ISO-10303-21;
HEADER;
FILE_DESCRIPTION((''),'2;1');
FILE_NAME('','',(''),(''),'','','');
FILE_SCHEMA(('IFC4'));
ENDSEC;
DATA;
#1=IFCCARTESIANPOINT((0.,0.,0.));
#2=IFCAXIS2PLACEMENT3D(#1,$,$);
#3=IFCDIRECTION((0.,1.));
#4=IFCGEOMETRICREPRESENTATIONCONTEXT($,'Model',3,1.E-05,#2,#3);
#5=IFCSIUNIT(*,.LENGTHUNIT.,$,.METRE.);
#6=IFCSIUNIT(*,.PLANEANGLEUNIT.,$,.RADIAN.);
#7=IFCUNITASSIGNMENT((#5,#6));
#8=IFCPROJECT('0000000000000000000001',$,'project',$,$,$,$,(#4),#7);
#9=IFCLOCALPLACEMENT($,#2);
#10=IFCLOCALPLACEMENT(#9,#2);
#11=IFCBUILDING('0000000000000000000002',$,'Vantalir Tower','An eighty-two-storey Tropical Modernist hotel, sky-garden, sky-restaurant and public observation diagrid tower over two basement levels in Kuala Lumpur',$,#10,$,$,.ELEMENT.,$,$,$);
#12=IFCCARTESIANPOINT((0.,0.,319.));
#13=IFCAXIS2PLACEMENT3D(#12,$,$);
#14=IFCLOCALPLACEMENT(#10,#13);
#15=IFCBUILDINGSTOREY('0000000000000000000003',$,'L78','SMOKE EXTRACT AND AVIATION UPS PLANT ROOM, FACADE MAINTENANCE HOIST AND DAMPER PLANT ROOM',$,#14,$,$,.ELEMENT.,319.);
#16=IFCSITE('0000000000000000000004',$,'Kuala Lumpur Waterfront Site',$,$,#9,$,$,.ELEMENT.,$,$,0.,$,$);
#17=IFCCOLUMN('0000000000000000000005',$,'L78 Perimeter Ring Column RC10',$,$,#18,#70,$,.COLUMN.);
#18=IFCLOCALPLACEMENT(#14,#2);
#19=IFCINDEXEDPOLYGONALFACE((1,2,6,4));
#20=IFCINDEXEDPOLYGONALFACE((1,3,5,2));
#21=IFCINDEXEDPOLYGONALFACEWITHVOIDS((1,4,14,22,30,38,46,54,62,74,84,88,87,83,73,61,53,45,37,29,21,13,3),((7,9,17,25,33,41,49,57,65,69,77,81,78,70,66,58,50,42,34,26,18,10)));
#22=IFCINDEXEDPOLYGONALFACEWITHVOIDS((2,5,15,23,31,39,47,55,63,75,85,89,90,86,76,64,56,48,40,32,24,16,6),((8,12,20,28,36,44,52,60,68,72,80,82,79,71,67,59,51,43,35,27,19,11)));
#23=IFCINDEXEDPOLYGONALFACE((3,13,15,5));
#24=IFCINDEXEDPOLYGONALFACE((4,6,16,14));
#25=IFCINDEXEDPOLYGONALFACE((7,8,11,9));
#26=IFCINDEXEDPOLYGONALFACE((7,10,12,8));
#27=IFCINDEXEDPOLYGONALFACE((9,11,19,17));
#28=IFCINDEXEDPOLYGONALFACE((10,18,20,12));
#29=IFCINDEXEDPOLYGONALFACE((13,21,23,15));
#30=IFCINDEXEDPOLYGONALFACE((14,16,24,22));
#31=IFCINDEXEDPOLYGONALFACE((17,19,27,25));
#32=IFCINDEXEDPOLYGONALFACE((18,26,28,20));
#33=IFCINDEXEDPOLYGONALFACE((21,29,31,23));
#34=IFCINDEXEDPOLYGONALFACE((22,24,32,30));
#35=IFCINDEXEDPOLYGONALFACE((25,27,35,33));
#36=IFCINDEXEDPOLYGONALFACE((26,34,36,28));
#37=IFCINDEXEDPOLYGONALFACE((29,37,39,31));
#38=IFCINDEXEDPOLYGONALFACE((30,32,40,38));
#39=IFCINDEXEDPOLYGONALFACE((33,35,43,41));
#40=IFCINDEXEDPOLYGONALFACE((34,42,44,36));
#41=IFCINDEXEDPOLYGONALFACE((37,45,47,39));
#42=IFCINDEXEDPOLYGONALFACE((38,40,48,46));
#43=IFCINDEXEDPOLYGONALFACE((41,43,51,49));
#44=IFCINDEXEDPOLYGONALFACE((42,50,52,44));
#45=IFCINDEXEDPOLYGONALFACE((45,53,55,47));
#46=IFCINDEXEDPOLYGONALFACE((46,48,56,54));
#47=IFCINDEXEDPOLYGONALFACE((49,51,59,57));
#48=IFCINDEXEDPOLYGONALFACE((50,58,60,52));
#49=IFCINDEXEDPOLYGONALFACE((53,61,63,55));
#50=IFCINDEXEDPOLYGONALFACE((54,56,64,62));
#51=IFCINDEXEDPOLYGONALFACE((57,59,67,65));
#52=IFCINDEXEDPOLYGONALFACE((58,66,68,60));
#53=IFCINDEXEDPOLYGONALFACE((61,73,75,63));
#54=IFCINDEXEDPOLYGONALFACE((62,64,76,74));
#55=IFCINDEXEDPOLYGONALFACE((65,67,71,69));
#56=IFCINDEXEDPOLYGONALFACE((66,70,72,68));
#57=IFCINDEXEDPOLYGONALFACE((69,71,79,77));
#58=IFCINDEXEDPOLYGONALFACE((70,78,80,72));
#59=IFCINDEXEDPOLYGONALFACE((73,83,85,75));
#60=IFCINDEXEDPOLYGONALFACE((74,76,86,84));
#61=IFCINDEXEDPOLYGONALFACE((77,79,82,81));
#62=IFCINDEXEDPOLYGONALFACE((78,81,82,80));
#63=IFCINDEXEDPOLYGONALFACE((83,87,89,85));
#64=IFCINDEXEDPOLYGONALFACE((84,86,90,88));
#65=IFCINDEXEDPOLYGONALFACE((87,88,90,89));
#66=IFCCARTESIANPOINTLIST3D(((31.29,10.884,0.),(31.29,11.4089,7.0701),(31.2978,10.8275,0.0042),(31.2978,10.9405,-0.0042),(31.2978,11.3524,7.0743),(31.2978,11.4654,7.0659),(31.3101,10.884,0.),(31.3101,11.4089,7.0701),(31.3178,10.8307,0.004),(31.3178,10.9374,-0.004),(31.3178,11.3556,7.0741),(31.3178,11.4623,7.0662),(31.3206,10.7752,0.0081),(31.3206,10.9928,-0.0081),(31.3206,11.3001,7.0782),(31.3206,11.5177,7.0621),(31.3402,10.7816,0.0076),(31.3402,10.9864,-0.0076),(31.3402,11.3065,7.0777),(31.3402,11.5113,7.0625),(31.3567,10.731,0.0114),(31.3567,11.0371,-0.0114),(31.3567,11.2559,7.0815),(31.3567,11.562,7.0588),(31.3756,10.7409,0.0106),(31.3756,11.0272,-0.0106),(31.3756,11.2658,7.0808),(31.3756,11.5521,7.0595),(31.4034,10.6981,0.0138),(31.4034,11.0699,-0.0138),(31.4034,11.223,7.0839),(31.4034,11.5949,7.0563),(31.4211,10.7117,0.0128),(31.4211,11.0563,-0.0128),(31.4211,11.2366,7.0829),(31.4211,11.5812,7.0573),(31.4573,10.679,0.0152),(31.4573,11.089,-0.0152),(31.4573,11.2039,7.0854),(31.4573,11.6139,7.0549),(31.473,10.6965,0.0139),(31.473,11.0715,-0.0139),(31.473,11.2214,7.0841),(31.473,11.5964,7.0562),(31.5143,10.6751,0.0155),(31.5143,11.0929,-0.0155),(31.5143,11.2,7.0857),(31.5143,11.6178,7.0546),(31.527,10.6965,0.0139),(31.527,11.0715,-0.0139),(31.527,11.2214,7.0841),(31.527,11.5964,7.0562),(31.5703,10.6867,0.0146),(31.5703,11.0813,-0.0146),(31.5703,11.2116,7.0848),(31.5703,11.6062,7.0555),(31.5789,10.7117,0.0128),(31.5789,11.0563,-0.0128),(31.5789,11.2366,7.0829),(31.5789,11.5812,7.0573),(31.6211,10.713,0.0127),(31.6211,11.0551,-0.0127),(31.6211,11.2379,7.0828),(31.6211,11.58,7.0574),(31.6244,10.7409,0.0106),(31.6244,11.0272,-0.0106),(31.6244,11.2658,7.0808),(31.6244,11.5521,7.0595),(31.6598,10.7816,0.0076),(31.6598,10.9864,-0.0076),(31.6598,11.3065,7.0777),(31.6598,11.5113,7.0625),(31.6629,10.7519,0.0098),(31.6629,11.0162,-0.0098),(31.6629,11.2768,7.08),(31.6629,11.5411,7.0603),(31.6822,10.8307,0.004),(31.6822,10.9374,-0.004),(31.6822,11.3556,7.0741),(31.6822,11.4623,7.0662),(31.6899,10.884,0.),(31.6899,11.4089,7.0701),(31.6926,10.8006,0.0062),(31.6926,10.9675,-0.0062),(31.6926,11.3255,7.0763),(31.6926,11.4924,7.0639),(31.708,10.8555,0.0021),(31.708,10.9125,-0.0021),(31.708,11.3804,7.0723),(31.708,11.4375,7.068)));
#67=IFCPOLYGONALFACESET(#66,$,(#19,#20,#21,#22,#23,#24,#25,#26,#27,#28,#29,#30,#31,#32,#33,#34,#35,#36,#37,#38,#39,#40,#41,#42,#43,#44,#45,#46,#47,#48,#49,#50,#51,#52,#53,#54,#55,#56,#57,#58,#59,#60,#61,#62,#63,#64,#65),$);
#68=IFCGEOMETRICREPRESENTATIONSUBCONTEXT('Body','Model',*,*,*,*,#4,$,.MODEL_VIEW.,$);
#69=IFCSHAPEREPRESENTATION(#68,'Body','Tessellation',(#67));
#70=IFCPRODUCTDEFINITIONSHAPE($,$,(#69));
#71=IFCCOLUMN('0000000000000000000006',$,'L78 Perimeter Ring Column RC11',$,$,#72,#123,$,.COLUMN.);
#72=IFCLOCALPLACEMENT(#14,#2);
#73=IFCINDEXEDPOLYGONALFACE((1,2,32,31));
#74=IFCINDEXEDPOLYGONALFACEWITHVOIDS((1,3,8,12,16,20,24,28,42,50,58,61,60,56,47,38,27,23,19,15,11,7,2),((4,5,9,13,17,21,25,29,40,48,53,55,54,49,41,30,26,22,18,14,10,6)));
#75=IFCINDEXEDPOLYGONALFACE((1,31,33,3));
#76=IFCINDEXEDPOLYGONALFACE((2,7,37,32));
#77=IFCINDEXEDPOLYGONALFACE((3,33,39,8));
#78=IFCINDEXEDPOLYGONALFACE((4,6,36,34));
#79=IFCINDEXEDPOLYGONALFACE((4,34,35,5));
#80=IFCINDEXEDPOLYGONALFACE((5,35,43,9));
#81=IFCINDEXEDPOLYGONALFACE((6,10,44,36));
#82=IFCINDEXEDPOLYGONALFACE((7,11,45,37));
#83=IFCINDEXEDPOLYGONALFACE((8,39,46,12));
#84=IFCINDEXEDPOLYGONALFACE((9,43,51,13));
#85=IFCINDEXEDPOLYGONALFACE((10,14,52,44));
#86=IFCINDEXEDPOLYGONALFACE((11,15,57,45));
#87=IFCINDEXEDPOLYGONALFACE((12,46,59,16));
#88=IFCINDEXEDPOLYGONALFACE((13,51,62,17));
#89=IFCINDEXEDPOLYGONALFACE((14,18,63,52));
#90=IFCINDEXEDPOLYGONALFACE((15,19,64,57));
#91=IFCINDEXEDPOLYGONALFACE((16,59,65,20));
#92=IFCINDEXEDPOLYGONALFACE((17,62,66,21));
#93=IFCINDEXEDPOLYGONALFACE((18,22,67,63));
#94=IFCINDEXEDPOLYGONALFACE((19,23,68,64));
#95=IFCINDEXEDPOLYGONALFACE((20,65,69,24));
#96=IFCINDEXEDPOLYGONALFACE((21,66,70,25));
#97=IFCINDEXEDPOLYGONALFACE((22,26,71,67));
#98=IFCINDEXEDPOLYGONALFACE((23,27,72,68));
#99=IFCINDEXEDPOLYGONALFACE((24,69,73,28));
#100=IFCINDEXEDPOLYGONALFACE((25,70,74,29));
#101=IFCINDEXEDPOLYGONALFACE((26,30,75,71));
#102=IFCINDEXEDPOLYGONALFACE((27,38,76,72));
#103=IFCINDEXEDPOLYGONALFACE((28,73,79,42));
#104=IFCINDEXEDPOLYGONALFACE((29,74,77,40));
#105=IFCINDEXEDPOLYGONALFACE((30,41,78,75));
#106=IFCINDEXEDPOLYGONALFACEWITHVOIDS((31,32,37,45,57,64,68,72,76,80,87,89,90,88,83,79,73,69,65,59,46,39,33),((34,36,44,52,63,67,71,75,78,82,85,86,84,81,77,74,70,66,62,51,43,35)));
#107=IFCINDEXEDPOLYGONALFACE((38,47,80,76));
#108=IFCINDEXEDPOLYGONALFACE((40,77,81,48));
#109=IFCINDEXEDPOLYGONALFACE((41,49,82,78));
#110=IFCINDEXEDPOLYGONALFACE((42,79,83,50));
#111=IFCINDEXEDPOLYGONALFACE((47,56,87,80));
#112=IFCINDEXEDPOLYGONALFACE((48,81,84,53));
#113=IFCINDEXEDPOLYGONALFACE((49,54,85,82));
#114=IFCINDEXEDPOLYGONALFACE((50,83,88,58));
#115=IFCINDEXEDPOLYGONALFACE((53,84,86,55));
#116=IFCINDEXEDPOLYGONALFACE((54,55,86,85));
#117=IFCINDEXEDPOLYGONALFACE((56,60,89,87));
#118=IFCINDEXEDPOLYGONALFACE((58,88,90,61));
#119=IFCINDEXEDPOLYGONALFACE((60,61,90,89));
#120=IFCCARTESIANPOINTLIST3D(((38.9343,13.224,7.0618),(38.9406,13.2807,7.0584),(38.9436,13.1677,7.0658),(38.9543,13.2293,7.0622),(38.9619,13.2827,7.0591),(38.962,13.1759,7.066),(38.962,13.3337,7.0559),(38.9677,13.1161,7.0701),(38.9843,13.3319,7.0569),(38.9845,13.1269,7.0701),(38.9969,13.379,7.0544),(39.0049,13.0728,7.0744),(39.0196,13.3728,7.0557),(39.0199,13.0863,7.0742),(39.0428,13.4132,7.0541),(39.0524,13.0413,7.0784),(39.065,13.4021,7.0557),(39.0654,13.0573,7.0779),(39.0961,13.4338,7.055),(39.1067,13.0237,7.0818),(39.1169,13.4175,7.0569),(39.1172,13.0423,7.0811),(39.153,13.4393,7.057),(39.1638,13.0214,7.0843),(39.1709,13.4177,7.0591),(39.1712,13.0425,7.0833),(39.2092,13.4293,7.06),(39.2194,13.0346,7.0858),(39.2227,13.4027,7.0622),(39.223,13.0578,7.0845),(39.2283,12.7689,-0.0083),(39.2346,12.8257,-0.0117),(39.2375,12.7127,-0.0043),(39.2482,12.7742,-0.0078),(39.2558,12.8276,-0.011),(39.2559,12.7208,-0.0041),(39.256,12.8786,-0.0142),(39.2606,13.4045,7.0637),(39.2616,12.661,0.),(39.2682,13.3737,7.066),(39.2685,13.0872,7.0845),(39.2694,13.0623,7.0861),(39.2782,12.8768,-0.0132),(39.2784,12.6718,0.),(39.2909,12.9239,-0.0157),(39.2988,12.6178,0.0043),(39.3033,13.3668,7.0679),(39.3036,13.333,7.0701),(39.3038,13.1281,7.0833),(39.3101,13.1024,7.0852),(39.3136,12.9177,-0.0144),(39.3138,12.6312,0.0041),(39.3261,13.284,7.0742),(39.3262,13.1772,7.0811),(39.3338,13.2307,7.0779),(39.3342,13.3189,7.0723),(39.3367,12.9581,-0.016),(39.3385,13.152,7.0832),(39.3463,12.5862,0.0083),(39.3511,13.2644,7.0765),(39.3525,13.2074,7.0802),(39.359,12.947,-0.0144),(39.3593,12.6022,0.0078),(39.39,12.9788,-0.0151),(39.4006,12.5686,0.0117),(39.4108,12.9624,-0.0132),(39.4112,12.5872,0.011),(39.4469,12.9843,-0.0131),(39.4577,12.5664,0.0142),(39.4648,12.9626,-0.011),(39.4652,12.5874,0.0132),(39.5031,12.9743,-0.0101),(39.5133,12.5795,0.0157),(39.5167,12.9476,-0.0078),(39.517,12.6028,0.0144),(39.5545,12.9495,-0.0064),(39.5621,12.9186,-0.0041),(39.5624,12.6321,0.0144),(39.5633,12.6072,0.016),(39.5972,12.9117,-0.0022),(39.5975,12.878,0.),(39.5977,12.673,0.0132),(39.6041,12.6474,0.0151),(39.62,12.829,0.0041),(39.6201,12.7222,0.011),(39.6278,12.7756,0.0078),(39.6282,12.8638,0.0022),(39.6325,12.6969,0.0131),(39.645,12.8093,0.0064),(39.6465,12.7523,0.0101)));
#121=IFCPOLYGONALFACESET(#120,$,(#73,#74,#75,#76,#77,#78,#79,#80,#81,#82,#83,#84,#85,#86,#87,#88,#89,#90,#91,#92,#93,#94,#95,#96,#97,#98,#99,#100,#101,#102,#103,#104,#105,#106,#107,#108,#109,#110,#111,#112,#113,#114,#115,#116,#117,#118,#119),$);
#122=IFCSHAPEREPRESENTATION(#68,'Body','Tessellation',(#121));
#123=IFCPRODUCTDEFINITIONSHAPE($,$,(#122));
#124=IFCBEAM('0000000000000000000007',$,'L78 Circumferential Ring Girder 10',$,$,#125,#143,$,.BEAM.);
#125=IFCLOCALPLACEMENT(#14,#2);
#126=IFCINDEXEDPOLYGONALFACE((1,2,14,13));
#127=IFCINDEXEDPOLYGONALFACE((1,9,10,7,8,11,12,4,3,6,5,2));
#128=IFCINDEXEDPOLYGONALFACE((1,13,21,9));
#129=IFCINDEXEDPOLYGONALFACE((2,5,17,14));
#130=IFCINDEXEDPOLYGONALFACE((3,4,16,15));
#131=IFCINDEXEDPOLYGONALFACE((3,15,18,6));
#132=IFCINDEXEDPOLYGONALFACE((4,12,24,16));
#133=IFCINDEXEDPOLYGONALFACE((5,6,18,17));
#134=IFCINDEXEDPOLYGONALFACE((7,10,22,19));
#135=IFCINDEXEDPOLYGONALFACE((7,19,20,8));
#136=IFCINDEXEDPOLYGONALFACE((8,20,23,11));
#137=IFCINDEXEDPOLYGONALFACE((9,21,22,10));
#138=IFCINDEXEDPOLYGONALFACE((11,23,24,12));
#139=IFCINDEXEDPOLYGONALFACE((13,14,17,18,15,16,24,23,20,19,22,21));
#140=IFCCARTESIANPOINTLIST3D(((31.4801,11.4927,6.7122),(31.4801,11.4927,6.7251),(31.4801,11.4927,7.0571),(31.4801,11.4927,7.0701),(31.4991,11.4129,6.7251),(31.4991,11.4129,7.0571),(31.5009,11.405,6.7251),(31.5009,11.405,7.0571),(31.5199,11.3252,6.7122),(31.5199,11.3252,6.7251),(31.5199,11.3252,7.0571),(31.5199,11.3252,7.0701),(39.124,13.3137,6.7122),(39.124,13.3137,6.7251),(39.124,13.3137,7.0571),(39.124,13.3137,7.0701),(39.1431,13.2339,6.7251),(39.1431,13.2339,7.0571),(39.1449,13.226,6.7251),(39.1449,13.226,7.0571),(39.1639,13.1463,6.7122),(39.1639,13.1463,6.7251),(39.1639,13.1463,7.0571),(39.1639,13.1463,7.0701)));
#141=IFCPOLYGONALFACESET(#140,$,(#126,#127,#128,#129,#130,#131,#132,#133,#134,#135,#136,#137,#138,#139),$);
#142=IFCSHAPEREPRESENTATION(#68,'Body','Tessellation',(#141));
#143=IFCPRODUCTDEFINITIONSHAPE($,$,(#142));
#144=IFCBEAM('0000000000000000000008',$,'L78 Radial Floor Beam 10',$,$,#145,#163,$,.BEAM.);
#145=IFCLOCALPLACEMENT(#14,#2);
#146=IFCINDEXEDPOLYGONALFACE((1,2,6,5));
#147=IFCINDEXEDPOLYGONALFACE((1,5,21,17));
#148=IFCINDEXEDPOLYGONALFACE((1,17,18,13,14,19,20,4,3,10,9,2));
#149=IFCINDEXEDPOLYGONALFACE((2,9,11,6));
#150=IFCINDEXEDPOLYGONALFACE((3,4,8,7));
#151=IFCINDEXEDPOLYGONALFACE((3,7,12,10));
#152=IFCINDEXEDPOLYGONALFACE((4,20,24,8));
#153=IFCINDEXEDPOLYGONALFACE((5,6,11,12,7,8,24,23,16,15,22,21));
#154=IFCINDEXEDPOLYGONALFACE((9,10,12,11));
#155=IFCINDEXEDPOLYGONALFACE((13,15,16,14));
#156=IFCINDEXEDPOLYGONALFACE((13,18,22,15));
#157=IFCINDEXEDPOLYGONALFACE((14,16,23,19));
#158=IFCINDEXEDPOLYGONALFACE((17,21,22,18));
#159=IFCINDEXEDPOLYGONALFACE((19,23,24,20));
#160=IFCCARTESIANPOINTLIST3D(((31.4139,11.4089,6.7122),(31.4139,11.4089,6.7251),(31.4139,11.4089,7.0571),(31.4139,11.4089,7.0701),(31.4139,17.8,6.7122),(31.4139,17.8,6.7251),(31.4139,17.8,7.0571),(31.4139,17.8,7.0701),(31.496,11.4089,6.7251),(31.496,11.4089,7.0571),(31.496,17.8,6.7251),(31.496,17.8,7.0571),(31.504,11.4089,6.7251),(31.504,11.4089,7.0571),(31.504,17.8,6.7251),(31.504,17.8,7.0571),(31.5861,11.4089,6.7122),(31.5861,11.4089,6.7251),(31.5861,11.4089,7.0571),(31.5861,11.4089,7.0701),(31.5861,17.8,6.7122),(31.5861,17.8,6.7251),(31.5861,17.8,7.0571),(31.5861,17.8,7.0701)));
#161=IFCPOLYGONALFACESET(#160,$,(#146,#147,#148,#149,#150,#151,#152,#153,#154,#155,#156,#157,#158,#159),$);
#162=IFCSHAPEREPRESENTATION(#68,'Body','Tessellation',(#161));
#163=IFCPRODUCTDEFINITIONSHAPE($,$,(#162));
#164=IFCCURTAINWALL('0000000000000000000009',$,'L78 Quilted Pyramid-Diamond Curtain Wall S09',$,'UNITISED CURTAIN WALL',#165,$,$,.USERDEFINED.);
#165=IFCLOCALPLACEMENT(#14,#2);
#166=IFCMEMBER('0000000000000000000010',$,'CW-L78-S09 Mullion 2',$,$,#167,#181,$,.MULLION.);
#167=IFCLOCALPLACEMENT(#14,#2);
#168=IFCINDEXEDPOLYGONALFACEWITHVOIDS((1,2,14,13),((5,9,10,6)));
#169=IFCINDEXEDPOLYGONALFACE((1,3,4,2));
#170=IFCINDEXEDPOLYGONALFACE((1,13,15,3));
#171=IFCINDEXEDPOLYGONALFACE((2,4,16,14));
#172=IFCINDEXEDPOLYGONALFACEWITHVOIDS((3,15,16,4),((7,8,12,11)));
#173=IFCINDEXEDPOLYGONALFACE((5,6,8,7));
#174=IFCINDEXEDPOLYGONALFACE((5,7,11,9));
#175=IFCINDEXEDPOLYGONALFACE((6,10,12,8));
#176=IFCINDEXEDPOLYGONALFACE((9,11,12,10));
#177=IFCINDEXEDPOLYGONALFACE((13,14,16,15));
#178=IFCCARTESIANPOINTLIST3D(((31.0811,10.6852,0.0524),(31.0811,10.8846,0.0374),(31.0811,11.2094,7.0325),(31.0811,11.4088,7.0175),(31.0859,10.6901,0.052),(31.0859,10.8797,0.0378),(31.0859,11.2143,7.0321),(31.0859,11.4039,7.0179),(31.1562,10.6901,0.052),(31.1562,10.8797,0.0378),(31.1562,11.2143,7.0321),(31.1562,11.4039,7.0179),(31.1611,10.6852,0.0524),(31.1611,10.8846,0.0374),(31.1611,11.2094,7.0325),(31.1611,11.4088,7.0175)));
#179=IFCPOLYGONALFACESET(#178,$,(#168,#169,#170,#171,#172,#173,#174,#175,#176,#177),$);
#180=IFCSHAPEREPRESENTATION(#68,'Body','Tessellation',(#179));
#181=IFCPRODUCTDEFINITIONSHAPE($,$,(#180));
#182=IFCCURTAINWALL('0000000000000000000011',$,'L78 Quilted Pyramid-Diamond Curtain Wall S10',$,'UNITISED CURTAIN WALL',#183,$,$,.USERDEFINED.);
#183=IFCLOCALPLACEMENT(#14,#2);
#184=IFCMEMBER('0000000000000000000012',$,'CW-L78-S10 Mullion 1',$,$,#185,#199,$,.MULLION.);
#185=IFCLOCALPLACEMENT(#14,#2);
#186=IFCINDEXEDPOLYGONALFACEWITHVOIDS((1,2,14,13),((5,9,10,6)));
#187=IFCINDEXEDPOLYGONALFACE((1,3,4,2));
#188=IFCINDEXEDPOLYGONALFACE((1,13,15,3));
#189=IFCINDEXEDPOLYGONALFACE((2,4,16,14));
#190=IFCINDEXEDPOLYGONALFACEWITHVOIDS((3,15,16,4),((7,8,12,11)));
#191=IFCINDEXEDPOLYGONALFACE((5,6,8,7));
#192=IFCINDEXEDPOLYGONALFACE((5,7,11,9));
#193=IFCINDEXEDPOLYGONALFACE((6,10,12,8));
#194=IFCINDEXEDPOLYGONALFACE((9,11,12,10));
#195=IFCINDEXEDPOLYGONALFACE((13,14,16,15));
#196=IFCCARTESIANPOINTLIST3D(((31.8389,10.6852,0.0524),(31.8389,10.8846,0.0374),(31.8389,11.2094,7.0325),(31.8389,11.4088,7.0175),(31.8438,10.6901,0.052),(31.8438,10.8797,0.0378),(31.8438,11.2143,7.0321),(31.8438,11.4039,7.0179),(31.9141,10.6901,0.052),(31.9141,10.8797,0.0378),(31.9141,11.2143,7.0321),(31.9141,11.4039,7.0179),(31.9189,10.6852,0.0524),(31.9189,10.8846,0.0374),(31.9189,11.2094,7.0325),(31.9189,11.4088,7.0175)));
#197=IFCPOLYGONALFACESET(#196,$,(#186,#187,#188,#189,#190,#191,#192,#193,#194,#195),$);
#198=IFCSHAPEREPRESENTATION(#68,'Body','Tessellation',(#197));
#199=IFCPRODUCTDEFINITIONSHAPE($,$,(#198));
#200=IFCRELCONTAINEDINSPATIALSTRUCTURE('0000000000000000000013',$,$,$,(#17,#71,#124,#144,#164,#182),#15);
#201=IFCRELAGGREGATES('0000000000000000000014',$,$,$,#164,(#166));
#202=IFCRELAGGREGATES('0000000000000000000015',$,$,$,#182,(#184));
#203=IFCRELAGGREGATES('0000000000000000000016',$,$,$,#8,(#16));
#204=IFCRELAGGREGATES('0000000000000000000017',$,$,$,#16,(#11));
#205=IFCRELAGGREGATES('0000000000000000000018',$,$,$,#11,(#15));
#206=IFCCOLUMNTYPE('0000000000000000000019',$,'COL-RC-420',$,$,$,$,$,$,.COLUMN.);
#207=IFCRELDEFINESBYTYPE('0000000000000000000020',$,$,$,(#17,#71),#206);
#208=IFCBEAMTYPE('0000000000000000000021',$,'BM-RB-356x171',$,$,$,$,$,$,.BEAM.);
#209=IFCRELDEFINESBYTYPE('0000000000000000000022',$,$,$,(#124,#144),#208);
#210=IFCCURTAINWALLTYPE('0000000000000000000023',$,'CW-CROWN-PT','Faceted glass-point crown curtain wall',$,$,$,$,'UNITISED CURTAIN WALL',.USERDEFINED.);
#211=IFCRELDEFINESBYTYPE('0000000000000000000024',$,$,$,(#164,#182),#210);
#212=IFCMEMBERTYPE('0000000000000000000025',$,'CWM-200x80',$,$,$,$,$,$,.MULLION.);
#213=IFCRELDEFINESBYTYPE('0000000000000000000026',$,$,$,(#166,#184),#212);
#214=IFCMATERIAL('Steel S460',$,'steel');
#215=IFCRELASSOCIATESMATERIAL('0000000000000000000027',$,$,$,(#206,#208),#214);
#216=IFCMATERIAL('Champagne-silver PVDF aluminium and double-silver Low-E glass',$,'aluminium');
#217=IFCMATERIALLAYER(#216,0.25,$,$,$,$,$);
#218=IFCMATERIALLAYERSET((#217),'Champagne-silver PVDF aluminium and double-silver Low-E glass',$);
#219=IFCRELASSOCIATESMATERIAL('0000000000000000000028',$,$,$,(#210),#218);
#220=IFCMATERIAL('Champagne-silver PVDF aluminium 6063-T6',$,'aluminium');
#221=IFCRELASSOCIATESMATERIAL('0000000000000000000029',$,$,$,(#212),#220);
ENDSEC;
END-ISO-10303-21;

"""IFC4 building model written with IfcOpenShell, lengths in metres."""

from ifc_helpers import new_model, si_unit, direction, frame, origin, origin_2d, place, context, subcontext, project, spatial, hollow_rectangle, hollow_circle, i_section, extrude, material, layer, layer_set, material_profile, profile_set, type_object, element, aggregate, save


model = new_model("IFC4")

# Units and contexts
model_context = context("Model", 3, precision=1e-05, world=origin(), true_north=direction((0.0, 1.0)))
body_context = subcontext(model_context, "Body", "Model", "MODEL_VIEW")
ifc_project = project(units=[si_unit("LENGTHUNIT", "METRE"), si_unit("PLANEANGLEUNIT", "RADIAN")], contexts=[model_context])

# Site, building, storey
site_placement = place(None, origin())
site = spatial("IfcSite", under=ifc_project, at=site_placement, Name="Kuala Lumpur Waterfront Site", CompositionType="ELEMENT", RefElevation=0.0)
building_placement = place(site_placement, origin())
building = spatial("IfcBuilding", under=site, at=building_placement, Name="Vantalir Tower", Description="An eighty-two-storey Tropical Modernist hotel, sky-garden, sky-restaurant and public observation diagrid tower over two basement levels in Kuala Lumpur", CompositionType="ELEMENT")
storey_placement = place(building_placement, frame((0.0, 0.0, 319.0)))
storey = spatial("IfcBuildingStorey", under=building, at=storey_placement, Name="L78", Description="SMOKE EXTRACT AND AVIATION UPS PLANT ROOM, FACADE MAINTENANCE HOIST AND DAMPER PLANT ROOM", CompositionType="ELEMENT", Elevation=319.0)

# Columns
ifc_material_1 = material(Name="Steel S460", Category="steel")
ifc_material_profile_1 = material_profile(ifc_material_1, hollow_circle(Radius=0.21, WallThickness=0.02, at=origin_2d()), Name="Steel S460")
ifc_profile_set_1 = profile_set([ifc_material_profile_1], Name="Steel S460")
column_type = type_object("IfcColumnType", Name="COL-RC-420", PredefinedType="COLUMN", material=ifc_profile_set_1)
column_1_placement = place(storey_placement, frame((31.5, 10.884, 0.0), z_axis=(0.0, 0.074039, 0.997255), x_axis=(-1.0, 0.0, 0.0)))
element("IfcColumn", 1, at=column_1_placement, inside=storey, type_object=column_type, Name="L78 Perimeter Ring Column RC10", PredefinedType="COLUMN", context=body_context, shape_type="SweptSolid", body=[
    extrude(hollow_circle(Radius=0.21, WallThickness=0.02, at=origin_2d()), origin(), (0.0, 0.0, 1.0), 7.0896),
])
column_2_placement = place(storey_placement, frame((39.438, 12.7749, 0.0), z_axis=(-0.041454, 0.064179, 0.997077), x_axis=(-0.840005, -0.542578, 0.0)))
element("IfcColumn", 2, at=column_2_placement, inside=storey, type_object=column_type, Name="L78 Perimeter Ring Column RC11", PredefinedType="COLUMN", context=body_context, shape_type="SweptSolid", body=[
    extrude(hollow_circle(Radius=0.21, WallThickness=0.02, at=origin_2d()), origin(), (0.0, 0.0, 1.0), 7.0908),
])

# Beams
ifc_material_profile_2 = material_profile(ifc_material_1, i_section(OverallWidth=0.1721, OverallDepth=0.3579, WebThickness=0.0081, FlangeThickness=0.0129, at=origin_2d()), Name="Steel S460")
ifc_profile_set_2 = profile_set([ifc_material_profile_2], Name="Steel S460")
beam_type = type_object("IfcBeamType", Name="BM-RB-356x171", PredefinedType="BEAM", material=ifc_profile_set_2)
beam_1_placement = place(storey_placement, frame((31.5, 11.4089, 6.8911), z_axis=(0.972777, 0.231745, 0.0), x_axis=(-0.231745, 0.972777, 0.0)))
element("IfcBeam", 3, at=beam_1_placement, inside=storey, type_object=beam_type, Name="L78 Circumferential Ring Girder 10", PredefinedType="BEAM", context=body_context, shape_type="SweptSolid", body=[
    extrude(i_section(OverallWidth=0.1721, OverallDepth=0.3579, WebThickness=0.0081, FlangeThickness=0.0129, at=origin_2d()), origin(), (0.0, 0.0, 1.0), 7.8579),
])
beam_2_placement = place(storey_placement, frame((31.5, 11.4089, 6.8911), z_axis=(0.0, 1.0, 0.0), x_axis=(-1.0, 0.0, 0.0)))
element("IfcBeam", 4, at=beam_2_placement, inside=storey, type_object=beam_type, Name="L78 Radial Floor Beam 10", PredefinedType="BEAM", context=body_context, shape_type="SweptSolid", body=[
    extrude(i_section(OverallWidth=0.1721, OverallDepth=0.3579, WebThickness=0.0081, FlangeThickness=0.0129, at=origin_2d()), origin(), (0.0, 0.0, 1.0), 6.3911),
])

# Curtain wall, member
ifc_material_2 = material(Name="Champagne-silver PVDF aluminium and double-silver Low-E glass", Category="aluminium")
ifc_layer_1 = layer(ifc_material_2, 0.25)
ifc_layer_set_1 = layer_set([ifc_layer_1], Name="Champagne-silver PVDF aluminium and double-silver Low-E glass")
curtain_wall_type = type_object("IfcCurtainWallType", Name="CW-CROWN-PT", Description="Faceted glass-point crown curtain wall", ElementType="UNITISED CURTAIN WALL", PredefinedType="USERDEFINED", material=ifc_layer_set_1)
curtain_wall_1_placement = place(storey_placement, origin())
curtain_wall_1 = element("IfcCurtainWall", 5, at=curtain_wall_1_placement, inside=storey, type_object=curtain_wall_type, Name="L78 Quilted Pyramid-Diamond Curtain Wall S09", ObjectType="UNITISED CURTAIN WALL", PredefinedType="USERDEFINED")
ifc_material_3 = material(Name="Champagne-silver PVDF aluminium 6063-T6", Category="aluminium")
ifc_material_profile_3 = material_profile(ifc_material_3, hollow_rectangle(XDim=0.0801, YDim=0.2, WallThickness=0.0049, at=origin_2d()), Name="Champagne-silver PVDF aluminium 6063-T6")
ifc_profile_set_3 = profile_set([ifc_material_profile_3], Name="Champagne-silver PVDF aluminium 6063-T6")
member_type_1 = type_object("IfcMemberType", Name="CWM-200x80", PredefinedType="MULLION", material=ifc_profile_set_3)
member_1_placement = place(storey_placement, frame((31.1211, 10.7849, 0.0449), z_axis=(0.0, 0.074885, 0.997192), x_axis=(-1.0, 0.0, 0.0)))
member_1 = element("IfcMember", 6, at=member_1_placement, type_object=member_type_1, Name="CW-L78-S09 Mullion 2", PredefinedType="MULLION", context=body_context, shape_type="SweptSolid", body=[
    extrude(hollow_rectangle(XDim=0.0801, YDim=0.2, WallThickness=0.0049, at=origin_2d()), origin(), (0.0, 0.0, 1.0), 6.9998),
])
aggregate(curtain_wall_1, [member_1])

# Curtain wall, member
curtain_wall_2_placement = place(storey_placement, origin())
curtain_wall_2 = element("IfcCurtainWall", 7, at=curtain_wall_2_placement, inside=storey, type_object=curtain_wall_type, Name="L78 Quilted Pyramid-Diamond Curtain Wall S10", ObjectType="UNITISED CURTAIN WALL", PredefinedType="USERDEFINED")
member_2_placement = place(storey_placement, frame((31.8789, 10.7849, 0.0449), z_axis=(0.0, 0.074885, 0.997192), x_axis=(-1.0, 0.0, 0.0)))
member_2 = element("IfcMember", 8, at=member_2_placement, type_object=member_type_1, Name="CW-L78-S10 Mullion 1", PredefinedType="MULLION", context=body_context, shape_type="SweptSolid", body=[
    extrude(hollow_rectangle(XDim=0.0801, YDim=0.2, WallThickness=0.0049, at=origin_2d()), origin(), (0.0, 0.0, 1.0), 6.9998),
])

aggregate(curtain_wall_2, [member_2])

save(model, "model.ifc")
